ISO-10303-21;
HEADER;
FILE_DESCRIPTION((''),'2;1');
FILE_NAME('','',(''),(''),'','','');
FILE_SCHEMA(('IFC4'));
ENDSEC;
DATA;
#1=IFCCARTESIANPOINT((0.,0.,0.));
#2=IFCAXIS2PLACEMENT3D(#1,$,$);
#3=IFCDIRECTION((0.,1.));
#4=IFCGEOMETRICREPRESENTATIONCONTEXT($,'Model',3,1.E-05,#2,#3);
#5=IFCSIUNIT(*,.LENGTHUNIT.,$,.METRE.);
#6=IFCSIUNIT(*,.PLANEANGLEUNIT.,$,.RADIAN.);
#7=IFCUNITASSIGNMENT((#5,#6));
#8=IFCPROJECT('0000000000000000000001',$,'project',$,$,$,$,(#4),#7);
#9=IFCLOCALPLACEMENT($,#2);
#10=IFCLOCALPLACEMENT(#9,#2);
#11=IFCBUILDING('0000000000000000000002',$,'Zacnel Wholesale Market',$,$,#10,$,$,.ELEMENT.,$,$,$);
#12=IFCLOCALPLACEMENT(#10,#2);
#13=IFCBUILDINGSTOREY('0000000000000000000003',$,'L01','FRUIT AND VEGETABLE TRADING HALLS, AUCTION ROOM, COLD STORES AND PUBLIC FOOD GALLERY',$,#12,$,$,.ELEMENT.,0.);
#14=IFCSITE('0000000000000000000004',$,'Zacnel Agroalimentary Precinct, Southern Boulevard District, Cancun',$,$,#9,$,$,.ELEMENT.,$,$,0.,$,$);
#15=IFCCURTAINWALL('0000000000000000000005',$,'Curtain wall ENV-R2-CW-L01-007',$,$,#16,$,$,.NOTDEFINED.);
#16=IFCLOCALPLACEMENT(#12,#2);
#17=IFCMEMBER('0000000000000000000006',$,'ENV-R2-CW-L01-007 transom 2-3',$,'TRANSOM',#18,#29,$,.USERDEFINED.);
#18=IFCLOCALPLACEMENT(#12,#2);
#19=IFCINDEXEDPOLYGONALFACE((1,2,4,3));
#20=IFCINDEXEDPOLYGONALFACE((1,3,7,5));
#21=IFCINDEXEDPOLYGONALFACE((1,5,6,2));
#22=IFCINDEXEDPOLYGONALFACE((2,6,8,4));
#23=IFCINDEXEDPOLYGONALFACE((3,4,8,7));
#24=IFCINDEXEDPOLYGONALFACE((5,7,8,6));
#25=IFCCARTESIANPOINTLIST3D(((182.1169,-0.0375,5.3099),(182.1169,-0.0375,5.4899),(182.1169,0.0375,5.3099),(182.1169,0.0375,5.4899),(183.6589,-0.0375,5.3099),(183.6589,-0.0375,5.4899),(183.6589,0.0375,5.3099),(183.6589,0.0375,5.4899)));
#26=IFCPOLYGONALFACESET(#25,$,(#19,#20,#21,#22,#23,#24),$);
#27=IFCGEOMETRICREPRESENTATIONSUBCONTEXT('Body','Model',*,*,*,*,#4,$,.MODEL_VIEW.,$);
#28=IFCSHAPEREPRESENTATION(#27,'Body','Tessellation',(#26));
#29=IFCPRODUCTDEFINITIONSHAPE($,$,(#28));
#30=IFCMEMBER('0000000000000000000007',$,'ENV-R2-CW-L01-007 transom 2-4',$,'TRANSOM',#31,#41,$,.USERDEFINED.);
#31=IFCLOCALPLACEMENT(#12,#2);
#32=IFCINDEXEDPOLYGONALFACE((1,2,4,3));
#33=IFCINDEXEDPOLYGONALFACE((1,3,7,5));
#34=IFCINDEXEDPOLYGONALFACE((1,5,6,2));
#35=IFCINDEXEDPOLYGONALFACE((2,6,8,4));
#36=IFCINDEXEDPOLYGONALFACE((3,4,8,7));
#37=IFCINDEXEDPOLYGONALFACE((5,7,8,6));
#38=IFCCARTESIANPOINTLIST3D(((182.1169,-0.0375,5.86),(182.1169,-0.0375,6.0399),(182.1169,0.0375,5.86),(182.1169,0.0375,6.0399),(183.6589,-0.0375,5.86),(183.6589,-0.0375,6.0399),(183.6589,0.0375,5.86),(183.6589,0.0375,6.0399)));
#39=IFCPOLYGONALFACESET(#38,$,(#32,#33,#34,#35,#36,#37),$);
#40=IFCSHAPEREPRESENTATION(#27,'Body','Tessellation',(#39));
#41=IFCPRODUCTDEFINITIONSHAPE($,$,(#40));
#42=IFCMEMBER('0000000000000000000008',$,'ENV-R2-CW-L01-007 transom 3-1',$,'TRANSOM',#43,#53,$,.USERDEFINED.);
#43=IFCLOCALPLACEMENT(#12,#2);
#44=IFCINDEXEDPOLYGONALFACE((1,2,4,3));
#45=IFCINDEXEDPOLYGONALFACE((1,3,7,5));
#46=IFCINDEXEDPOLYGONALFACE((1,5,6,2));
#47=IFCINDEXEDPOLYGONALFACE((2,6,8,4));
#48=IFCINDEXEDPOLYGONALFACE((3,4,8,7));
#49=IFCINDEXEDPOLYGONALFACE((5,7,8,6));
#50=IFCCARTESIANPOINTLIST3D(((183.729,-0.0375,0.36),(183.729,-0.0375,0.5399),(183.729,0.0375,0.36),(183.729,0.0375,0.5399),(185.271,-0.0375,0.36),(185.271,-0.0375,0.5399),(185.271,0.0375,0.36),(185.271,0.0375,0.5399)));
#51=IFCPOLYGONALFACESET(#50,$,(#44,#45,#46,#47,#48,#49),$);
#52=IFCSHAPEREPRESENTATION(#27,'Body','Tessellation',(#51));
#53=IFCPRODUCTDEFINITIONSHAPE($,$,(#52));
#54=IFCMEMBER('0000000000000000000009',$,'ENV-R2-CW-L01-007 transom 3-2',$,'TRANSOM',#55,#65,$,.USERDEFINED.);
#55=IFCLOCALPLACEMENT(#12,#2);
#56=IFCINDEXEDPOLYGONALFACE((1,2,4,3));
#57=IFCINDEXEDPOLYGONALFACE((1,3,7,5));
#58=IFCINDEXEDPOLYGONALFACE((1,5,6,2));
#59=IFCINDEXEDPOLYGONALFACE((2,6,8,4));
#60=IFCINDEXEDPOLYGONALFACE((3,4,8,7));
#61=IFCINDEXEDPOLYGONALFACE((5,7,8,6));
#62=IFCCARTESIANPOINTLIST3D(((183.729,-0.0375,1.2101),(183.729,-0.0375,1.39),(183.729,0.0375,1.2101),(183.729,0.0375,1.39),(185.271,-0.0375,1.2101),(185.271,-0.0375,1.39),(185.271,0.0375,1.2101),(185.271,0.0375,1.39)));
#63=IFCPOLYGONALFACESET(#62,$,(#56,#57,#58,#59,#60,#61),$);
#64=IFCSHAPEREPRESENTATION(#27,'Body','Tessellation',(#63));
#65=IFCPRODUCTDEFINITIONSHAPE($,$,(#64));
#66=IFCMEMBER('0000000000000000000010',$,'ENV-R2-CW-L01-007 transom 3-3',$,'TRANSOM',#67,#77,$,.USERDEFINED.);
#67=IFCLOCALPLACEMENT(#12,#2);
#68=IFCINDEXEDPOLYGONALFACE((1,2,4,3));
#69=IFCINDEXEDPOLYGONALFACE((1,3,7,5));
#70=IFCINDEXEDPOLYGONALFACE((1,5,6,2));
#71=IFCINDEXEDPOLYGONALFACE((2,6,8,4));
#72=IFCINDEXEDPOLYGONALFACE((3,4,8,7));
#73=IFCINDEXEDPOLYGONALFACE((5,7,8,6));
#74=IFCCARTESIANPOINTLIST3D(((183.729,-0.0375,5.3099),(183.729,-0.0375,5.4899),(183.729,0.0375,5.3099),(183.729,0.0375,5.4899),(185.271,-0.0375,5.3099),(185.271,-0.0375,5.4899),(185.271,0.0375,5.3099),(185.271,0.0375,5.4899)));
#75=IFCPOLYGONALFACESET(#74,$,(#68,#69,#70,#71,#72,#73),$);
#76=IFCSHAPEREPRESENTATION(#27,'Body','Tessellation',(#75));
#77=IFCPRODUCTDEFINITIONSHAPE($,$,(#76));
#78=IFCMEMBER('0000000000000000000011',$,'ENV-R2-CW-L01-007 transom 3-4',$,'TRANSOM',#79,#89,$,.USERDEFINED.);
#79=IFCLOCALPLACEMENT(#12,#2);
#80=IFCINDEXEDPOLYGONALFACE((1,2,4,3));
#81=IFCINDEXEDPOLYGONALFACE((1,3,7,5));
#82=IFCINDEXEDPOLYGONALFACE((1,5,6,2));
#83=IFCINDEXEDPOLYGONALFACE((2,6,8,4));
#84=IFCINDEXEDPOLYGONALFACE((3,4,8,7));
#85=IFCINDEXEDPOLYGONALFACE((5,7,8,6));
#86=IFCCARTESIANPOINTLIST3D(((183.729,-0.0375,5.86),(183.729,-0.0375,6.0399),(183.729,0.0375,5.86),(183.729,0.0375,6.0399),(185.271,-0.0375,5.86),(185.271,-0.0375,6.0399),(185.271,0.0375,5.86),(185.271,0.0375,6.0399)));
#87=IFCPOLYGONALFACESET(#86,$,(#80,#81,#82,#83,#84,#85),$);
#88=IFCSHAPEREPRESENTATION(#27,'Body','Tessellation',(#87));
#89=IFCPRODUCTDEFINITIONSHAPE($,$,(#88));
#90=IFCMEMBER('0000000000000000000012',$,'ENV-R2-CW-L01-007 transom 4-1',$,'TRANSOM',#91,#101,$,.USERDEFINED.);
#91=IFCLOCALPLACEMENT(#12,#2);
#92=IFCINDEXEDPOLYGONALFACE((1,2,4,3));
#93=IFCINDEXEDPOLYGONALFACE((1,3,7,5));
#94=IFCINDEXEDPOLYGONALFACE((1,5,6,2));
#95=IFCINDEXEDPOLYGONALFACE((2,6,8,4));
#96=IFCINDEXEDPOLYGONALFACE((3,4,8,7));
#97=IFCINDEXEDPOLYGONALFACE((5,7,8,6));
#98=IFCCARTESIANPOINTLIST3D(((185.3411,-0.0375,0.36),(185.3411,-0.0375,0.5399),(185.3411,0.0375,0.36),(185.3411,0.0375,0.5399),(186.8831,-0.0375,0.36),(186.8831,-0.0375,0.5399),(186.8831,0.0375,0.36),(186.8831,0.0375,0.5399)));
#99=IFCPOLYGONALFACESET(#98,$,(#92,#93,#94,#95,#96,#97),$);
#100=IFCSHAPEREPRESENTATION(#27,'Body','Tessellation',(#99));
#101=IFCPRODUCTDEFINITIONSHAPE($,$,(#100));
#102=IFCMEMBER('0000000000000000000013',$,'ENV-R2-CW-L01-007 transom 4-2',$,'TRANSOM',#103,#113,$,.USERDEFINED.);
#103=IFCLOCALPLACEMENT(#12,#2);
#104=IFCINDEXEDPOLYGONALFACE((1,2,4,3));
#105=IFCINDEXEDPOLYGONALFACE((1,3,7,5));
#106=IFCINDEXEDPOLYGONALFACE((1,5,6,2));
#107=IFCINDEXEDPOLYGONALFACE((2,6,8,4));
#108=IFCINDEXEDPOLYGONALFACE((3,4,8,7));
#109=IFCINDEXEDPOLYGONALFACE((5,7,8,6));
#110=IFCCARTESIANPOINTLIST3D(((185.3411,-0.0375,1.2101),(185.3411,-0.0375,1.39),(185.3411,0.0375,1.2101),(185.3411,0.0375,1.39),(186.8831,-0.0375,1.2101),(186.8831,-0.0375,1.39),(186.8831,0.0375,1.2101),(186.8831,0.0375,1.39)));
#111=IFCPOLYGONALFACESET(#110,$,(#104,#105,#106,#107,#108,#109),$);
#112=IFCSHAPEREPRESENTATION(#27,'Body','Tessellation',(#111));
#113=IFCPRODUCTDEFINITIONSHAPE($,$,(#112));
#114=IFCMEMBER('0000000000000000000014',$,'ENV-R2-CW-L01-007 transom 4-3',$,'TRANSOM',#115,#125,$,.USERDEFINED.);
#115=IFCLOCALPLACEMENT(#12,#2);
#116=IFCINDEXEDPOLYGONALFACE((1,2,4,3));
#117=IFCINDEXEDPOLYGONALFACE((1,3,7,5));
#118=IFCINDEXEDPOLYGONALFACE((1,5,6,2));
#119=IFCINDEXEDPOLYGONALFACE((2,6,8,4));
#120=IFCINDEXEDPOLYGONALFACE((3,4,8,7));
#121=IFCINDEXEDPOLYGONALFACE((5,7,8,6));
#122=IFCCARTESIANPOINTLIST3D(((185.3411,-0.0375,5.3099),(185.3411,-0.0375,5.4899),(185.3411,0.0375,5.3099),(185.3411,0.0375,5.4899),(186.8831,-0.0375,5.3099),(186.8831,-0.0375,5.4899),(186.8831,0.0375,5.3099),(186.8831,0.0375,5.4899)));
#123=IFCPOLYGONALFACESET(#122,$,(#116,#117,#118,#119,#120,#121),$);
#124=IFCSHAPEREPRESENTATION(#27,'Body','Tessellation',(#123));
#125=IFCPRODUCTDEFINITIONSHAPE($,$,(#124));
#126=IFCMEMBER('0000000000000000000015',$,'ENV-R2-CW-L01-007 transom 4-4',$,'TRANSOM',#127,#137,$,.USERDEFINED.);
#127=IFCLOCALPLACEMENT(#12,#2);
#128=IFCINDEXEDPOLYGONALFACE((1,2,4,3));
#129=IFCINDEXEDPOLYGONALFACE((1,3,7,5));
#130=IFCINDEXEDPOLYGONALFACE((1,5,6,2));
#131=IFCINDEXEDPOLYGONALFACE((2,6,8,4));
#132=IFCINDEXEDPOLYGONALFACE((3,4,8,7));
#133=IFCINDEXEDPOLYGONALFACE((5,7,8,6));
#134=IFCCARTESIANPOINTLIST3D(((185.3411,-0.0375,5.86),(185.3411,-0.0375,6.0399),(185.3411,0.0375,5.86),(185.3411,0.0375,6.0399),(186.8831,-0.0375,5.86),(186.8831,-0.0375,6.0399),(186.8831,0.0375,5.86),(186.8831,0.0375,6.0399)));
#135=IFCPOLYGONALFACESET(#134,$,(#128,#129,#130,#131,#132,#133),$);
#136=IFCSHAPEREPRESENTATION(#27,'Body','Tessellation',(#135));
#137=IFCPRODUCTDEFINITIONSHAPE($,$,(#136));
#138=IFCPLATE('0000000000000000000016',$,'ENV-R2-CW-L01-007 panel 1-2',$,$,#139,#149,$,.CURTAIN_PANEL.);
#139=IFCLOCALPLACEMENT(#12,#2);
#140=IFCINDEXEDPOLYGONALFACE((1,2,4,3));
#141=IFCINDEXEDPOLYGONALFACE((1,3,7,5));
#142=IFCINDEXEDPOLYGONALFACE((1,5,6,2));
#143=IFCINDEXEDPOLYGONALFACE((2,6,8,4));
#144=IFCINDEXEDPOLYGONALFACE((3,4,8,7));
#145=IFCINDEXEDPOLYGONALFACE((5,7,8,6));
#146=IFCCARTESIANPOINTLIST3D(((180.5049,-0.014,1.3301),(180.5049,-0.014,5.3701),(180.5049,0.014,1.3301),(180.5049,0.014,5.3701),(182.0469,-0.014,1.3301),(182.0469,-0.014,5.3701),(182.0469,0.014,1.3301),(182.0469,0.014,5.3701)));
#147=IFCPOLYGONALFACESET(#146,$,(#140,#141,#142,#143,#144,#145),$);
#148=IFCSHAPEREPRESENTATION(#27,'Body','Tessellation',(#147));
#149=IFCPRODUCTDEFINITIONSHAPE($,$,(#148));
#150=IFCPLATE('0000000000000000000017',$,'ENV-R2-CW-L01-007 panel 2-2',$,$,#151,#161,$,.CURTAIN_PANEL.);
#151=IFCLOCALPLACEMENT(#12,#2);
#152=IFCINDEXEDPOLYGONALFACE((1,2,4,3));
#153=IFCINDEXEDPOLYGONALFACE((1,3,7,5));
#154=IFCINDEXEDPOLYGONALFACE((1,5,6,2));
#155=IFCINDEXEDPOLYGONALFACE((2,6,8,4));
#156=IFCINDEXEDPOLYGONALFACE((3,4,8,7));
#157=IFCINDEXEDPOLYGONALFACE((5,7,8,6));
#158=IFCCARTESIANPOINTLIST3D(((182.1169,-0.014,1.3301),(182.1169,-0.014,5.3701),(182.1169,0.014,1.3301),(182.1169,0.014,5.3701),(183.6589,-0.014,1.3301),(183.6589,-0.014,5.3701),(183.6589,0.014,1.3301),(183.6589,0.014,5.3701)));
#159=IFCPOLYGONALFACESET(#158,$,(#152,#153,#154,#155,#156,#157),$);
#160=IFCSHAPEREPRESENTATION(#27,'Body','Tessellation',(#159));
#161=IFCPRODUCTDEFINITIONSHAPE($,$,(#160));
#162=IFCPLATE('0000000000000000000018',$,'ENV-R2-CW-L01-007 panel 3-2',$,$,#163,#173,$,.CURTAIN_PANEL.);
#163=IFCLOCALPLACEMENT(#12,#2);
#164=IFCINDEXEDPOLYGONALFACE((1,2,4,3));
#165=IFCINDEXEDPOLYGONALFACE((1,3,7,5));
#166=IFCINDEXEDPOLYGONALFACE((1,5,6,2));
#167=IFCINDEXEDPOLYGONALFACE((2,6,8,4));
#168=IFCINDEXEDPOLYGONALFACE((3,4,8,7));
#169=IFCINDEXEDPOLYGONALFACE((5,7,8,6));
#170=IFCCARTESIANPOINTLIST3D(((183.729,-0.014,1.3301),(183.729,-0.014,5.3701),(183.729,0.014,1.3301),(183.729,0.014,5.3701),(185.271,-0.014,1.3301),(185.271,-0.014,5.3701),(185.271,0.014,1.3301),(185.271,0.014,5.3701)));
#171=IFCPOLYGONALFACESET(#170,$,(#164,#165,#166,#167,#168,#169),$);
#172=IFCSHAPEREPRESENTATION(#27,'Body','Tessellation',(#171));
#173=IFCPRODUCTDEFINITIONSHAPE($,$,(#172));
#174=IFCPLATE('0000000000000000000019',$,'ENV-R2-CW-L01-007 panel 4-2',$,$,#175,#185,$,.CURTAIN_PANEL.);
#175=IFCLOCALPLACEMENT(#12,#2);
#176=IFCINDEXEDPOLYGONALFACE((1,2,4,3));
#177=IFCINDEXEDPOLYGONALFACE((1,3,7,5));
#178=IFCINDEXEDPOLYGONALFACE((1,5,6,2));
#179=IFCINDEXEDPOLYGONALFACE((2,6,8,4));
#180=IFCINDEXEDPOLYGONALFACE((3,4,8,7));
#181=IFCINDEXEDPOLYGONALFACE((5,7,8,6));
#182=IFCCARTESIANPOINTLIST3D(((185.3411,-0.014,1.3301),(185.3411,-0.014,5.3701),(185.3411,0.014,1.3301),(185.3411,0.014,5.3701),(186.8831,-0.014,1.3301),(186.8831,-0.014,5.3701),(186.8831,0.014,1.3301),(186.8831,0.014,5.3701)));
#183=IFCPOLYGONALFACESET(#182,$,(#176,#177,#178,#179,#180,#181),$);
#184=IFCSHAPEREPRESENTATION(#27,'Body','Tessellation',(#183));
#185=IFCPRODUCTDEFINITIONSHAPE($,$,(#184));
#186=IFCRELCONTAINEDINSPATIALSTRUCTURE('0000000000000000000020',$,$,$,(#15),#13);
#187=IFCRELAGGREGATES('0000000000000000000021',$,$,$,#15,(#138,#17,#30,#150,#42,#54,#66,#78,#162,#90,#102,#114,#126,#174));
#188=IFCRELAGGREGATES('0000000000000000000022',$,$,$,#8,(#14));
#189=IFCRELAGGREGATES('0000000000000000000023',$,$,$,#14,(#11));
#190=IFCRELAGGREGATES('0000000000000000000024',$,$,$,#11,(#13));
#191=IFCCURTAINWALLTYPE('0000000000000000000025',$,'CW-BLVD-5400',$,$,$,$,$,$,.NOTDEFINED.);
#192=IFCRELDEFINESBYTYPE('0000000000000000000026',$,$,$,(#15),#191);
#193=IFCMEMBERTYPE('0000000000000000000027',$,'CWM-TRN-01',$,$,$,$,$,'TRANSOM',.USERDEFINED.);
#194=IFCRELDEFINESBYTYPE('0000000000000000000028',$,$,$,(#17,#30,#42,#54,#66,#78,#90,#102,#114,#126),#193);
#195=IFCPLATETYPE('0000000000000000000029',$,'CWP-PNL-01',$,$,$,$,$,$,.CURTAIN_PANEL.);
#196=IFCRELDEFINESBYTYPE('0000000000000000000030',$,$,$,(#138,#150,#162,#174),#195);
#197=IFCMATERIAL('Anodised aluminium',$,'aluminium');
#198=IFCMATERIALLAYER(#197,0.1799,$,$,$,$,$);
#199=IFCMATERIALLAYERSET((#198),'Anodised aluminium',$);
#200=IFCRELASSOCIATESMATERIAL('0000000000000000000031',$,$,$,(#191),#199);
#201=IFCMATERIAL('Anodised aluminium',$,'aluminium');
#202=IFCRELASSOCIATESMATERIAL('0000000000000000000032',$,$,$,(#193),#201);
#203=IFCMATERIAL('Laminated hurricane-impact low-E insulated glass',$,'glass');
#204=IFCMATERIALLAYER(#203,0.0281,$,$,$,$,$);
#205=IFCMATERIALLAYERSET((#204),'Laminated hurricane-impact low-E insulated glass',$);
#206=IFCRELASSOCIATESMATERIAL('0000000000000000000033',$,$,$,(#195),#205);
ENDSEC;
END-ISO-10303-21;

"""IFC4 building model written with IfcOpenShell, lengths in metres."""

from ifc_helpers import new_model, si_unit, direction, frame, origin, origin_2d, place, context, subcontext, project, spatial, rectangle, extrude, material, layer, layer_set, material_profile, profile_set, type_object, element, aggregate, save


model = new_model("IFC4")

# Units and contexts
model_context = context("Model", 3, precision=1e-05, world=origin(), true_north=direction((0.0, 1.0)))
body_context = subcontext(model_context, "Body", "Model", "MODEL_VIEW")
ifc_project = project(units=[si_unit("LENGTHUNIT", "METRE"), si_unit("PLANEANGLEUNIT", "RADIAN")], contexts=[model_context])

# Site, building, storey
site_placement = place(None, origin())
site = spatial("IfcSite", under=ifc_project, at=site_placement, Name="Zacnel Agroalimentary Precinct, Southern Boulevard District, Cancun", CompositionType="ELEMENT", RefElevation=0.0)
building_placement = place(site_placement, origin())
building = spatial("IfcBuilding", under=site, at=building_placement, Name="Zacnel Wholesale Market", CompositionType="ELEMENT")
storey_placement = place(building_placement, origin())
storey = spatial("IfcBuildingStorey", under=building, at=storey_placement, Name="L01", Description="FRUIT AND VEGETABLE TRADING HALLS, AUCTION ROOM, COLD STORES AND PUBLIC FOOD GALLERY", CompositionType="ELEMENT", Elevation=0.0)

# Curtain wall, members, plates
ifc_material_1 = material(Name="Anodised aluminium", Category="aluminium")
ifc_layer_1 = layer(ifc_material_1, 0.1799)
ifc_layer_set_1 = layer_set([ifc_layer_1], Name="Anodised aluminium")
curtain_wall_type = type_object("IfcCurtainWallType", Name="CW-BLVD-5400", PredefinedType="NOTDEFINED", material=ifc_layer_set_1)
curtain_wall_placement = place(storey_placement, origin())
curtain_wall = element("IfcCurtainWall", 1, at=curtain_wall_placement, inside=storey, type_object=curtain_wall_type, Name="Curtain wall ENV-R2-CW-L01-007", PredefinedType="NOTDEFINED")
ifc_material_2 = material(Name="Anodised aluminium", Category="aluminium")
ifc_material_profile_1 = material_profile(ifc_material_2, rectangle(XDim=0.075, YDim=0.1799, at=origin_2d()), Name="AW-TRANSOM 75x180")
ifc_profile_set_1 = profile_set([ifc_material_profile_1], Name="Anodised aluminium")
member_type_1 = type_object("IfcMemberType", Name="CWM-TRN-01", ElementType="TRANSOM", PredefinedType="USERDEFINED", material=ifc_profile_set_1)
member_1_placement = place(storey_placement, frame((182.1169, 0.0, 5.3999), z_axis=(1.0, 0.0, 0.0), x_axis=(0.0, 1.0, 0.0)))
member_1 = element("IfcMember", 2, at=member_1_placement, type_object=member_type_1, Name="ENV-R2-CW-L01-007 transom 2-3", ObjectType="TRANSOM", PredefinedType="USERDEFINED", context=body_context, shape_type="SweptSolid", body=[
    extrude(rectangle(XDim=0.075, YDim=0.1799, at=origin_2d()), origin(), (0.0, 0.0, 1.0), 1.542),
])
member_2_placement = place(storey_placement, frame((182.1169, 0.0, 5.95), z_axis=(1.0, 0.0, 0.0), x_axis=(0.0, 1.0, 0.0)))
member_2 = element("IfcMember", 3, at=member_2_placement, type_object=member_type_1, Name="ENV-R2-CW-L01-007 transom 2-4", ObjectType="TRANSOM", PredefinedType="USERDEFINED", context=body_context, shape_type="SweptSolid", body=[
    extrude(rectangle(XDim=0.075, YDim=0.1799, at=origin_2d()), origin(), (0.0, 0.0, 1.0), 1.542),
])
member_3_placement = place(storey_placement, frame((183.729, 0.0, 0.45), z_axis=(1.0, 0.0, 0.0), x_axis=(0.0, 1.0, 0.0)))
member_3 = element("IfcMember", 4, at=member_3_placement, type_object=member_type_1, Name="ENV-R2-CW-L01-007 transom 3-1", ObjectType="TRANSOM", PredefinedType="USERDEFINED", context=body_context, shape_type="SweptSolid", body=[
    extrude(rectangle(XDim=0.075, YDim=0.1799, at=origin_2d()), origin(), (0.0, 0.0, 1.0), 1.542),
])
member_4_placement = place(storey_placement, frame((183.729, 0.0, 1.3), z_axis=(1.0, 0.0, 0.0), x_axis=(0.0, 1.0, 0.0)))
member_4 = element("IfcMember", 5, at=member_4_placement, type_object=member_type_1, Name="ENV-R2-CW-L01-007 transom 3-2", ObjectType="TRANSOM", PredefinedType="USERDEFINED", context=body_context, shape_type="SweptSolid", body=[
    extrude(rectangle(XDim=0.075, YDim=0.1799, at=origin_2d()), origin(), (0.0, 0.0, 1.0), 1.542),
])
member_5_placement = place(storey_placement, frame((183.729, 0.0, 5.3999), z_axis=(1.0, 0.0, 0.0), x_axis=(0.0, 1.0, 0.0)))
member_5 = element("IfcMember", 6, at=member_5_placement, type_object=member_type_1, Name="ENV-R2-CW-L01-007 transom 3-3", ObjectType="TRANSOM", PredefinedType="USERDEFINED", context=body_context, shape_type="SweptSolid", body=[
    extrude(rectangle(XDim=0.075, YDim=0.1799, at=origin_2d()), origin(), (0.0, 0.0, 1.0), 1.542),
])
member_6_placement = place(storey_placement, frame((183.729, 0.0, 5.95), z_axis=(1.0, 0.0, 0.0), x_axis=(0.0, 1.0, 0.0)))
member_6 = element("IfcMember", 7, at=member_6_placement, type_object=member_type_1, Name="ENV-R2-CW-L01-007 transom 3-4", ObjectType="TRANSOM", PredefinedType="USERDEFINED", context=body_context, shape_type="SweptSolid", body=[
    extrude(rectangle(XDim=0.075, YDim=0.1799, at=origin_2d()), origin(), (0.0, 0.0, 1.0), 1.542),
])
member_7_placement = place(storey_placement, frame((185.3411, 0.0, 0.45), z_axis=(1.0, 0.0, 0.0), x_axis=(0.0, 1.0, 0.0)))
member_7 = element("IfcMember", 8, at=member_7_placement, type_object=member_type_1, Name="ENV-R2-CW-L01-007 transom 4-1", ObjectType="TRANSOM", PredefinedType="USERDEFINED", context=body_context, shape_type="SweptSolid", body=[
    extrude(rectangle(XDim=0.075, YDim=0.1799, at=origin_2d()), origin(), (0.0, 0.0, 1.0), 1.542),
])
member_8_placement = place(storey_placement, frame((185.3411, 0.0, 1.3), z_axis=(1.0, 0.0, 0.0), x_axis=(0.0, 1.0, 0.0)))
member_8 = element("IfcMember", 9, at=member_8_placement, type_object=member_type_1, Name="ENV-R2-CW-L01-007 transom 4-2", ObjectType="TRANSOM", PredefinedType="USERDEFINED", context=body_context, shape_type="SweptSolid", body=[
    extrude(rectangle(XDim=0.075, YDim=0.1799, at=origin_2d()), origin(), (0.0, 0.0, 1.0), 1.542),
])
member_9_placement = place(storey_placement, frame((185.3411, 0.0, 5.3999), z_axis=(1.0, 0.0, 0.0), x_axis=(0.0, 1.0, 0.0)))
member_9 = element("IfcMember", 10, at=member_9_placement, type_object=member_type_1, Name="ENV-R2-CW-L01-007 transom 4-3", ObjectType="TRANSOM", PredefinedType="USERDEFINED", context=body_context, shape_type="SweptSolid", body=[
    extrude(rectangle(XDim=0.075, YDim=0.1799, at=origin_2d()), origin(), (0.0, 0.0, 1.0), 1.542),
])
member_10_placement = place(storey_placement, frame((185.3411, 0.0, 5.95), z_axis=(1.0, 0.0, 0.0), x_axis=(0.0, 1.0, 0.0)))
member_10 = element("IfcMember", 11, at=member_10_placement, type_object=member_type_1, Name="ENV-R2-CW-L01-007 transom 4-4", ObjectType="TRANSOM", PredefinedType="USERDEFINED", context=body_context, shape_type="SweptSolid", body=[
    extrude(rectangle(XDim=0.075, YDim=0.1799, at=origin_2d()), origin(), (0.0, 0.0, 1.0), 1.542),
])
ifc_material_3 = material(Name="Laminated hurricane-impact low-E insulated glass", Category="glass")
ifc_layer_2 = layer(ifc_material_3, 0.0281)
ifc_layer_set_2 = layer_set([ifc_layer_2], Name="Laminated hurricane-impact low-E insulated glass")
plate_type_1 = type_object("IfcPlateType", Name="CWP-PNL-01", PredefinedType="CURTAIN_PANEL", material=ifc_layer_set_2)
plate_1_placement = place(storey_placement, frame((181.2759, 0.0, 1.3301), z_axis=(0.0, 0.0, 1.0), x_axis=(1.0, 0.0, 0.0)))
plate_1 = element("IfcPlate", 12, at=plate_1_placement, type_object=plate_type_1, Name="ENV-R2-CW-L01-007 panel 1-2", PredefinedType="CURTAIN_PANEL", context=body_context, shape_type="SweptSolid", body=[
    extrude(rectangle(XDim=1.542, YDim=0.0281, at=origin_2d()), origin(), (0.0, 0.0, 1.0), 4.04),
])
plate_2_placement = place(storey_placement, frame((182.8879, 0.0, 1.3301), z_axis=(0.0, 0.0, 1.0), x_axis=(1.0, 0.0, 0.0)))
plate_2 = element("IfcPlate", 13, at=plate_2_placement, type_object=plate_type_1, Name="ENV-R2-CW-L01-007 panel 2-2", PredefinedType="CURTAIN_PANEL", context=body_context, shape_type="SweptSolid", body=[
    extrude(rectangle(XDim=1.542, YDim=0.0281, at=origin_2d()), origin(), (0.0, 0.0, 1.0), 4.04),
])
plate_3_placement = place(storey_placement, frame((184.5, 0.0, 1.3301), z_axis=(0.0, 0.0, 1.0), x_axis=(1.0, 0.0, 0.0)))
plate_3 = element("IfcPlate", 14, at=plate_3_placement, type_object=plate_type_1, Name="ENV-R2-CW-L01-007 panel 3-2", PredefinedType="CURTAIN_PANEL", context=body_context, shape_type="SweptSolid", body=[
    extrude(rectangle(XDim=1.542, YDim=0.0281, at=origin_2d()), origin(), (0.0, 0.0, 1.0), 4.04),
])
plate_4_placement = place(storey_placement, frame((186.1121, 0.0, 1.3301), z_axis=(0.0, 0.0, 1.0), x_axis=(1.0, 0.0, 0.0)))
plate_4 = element("IfcPlate", 15, at=plate_4_placement, type_object=plate_type_1, Name="ENV-R2-CW-L01-007 panel 4-2", PredefinedType="CURTAIN_PANEL", context=body_context, shape_type="SweptSolid", body=[
    extrude(rectangle(XDim=1.542, YDim=0.0281, at=origin_2d()), origin(), (0.0, 0.0, 1.0), 4.04),
])
aggregate(curtain_wall, [plate_1, member_1, member_2, plate_2, member_3, member_4, member_5, member_6, plate_3, member_7, member_8, member_9, member_10, plate_4])

save(model, "model.ifc")
